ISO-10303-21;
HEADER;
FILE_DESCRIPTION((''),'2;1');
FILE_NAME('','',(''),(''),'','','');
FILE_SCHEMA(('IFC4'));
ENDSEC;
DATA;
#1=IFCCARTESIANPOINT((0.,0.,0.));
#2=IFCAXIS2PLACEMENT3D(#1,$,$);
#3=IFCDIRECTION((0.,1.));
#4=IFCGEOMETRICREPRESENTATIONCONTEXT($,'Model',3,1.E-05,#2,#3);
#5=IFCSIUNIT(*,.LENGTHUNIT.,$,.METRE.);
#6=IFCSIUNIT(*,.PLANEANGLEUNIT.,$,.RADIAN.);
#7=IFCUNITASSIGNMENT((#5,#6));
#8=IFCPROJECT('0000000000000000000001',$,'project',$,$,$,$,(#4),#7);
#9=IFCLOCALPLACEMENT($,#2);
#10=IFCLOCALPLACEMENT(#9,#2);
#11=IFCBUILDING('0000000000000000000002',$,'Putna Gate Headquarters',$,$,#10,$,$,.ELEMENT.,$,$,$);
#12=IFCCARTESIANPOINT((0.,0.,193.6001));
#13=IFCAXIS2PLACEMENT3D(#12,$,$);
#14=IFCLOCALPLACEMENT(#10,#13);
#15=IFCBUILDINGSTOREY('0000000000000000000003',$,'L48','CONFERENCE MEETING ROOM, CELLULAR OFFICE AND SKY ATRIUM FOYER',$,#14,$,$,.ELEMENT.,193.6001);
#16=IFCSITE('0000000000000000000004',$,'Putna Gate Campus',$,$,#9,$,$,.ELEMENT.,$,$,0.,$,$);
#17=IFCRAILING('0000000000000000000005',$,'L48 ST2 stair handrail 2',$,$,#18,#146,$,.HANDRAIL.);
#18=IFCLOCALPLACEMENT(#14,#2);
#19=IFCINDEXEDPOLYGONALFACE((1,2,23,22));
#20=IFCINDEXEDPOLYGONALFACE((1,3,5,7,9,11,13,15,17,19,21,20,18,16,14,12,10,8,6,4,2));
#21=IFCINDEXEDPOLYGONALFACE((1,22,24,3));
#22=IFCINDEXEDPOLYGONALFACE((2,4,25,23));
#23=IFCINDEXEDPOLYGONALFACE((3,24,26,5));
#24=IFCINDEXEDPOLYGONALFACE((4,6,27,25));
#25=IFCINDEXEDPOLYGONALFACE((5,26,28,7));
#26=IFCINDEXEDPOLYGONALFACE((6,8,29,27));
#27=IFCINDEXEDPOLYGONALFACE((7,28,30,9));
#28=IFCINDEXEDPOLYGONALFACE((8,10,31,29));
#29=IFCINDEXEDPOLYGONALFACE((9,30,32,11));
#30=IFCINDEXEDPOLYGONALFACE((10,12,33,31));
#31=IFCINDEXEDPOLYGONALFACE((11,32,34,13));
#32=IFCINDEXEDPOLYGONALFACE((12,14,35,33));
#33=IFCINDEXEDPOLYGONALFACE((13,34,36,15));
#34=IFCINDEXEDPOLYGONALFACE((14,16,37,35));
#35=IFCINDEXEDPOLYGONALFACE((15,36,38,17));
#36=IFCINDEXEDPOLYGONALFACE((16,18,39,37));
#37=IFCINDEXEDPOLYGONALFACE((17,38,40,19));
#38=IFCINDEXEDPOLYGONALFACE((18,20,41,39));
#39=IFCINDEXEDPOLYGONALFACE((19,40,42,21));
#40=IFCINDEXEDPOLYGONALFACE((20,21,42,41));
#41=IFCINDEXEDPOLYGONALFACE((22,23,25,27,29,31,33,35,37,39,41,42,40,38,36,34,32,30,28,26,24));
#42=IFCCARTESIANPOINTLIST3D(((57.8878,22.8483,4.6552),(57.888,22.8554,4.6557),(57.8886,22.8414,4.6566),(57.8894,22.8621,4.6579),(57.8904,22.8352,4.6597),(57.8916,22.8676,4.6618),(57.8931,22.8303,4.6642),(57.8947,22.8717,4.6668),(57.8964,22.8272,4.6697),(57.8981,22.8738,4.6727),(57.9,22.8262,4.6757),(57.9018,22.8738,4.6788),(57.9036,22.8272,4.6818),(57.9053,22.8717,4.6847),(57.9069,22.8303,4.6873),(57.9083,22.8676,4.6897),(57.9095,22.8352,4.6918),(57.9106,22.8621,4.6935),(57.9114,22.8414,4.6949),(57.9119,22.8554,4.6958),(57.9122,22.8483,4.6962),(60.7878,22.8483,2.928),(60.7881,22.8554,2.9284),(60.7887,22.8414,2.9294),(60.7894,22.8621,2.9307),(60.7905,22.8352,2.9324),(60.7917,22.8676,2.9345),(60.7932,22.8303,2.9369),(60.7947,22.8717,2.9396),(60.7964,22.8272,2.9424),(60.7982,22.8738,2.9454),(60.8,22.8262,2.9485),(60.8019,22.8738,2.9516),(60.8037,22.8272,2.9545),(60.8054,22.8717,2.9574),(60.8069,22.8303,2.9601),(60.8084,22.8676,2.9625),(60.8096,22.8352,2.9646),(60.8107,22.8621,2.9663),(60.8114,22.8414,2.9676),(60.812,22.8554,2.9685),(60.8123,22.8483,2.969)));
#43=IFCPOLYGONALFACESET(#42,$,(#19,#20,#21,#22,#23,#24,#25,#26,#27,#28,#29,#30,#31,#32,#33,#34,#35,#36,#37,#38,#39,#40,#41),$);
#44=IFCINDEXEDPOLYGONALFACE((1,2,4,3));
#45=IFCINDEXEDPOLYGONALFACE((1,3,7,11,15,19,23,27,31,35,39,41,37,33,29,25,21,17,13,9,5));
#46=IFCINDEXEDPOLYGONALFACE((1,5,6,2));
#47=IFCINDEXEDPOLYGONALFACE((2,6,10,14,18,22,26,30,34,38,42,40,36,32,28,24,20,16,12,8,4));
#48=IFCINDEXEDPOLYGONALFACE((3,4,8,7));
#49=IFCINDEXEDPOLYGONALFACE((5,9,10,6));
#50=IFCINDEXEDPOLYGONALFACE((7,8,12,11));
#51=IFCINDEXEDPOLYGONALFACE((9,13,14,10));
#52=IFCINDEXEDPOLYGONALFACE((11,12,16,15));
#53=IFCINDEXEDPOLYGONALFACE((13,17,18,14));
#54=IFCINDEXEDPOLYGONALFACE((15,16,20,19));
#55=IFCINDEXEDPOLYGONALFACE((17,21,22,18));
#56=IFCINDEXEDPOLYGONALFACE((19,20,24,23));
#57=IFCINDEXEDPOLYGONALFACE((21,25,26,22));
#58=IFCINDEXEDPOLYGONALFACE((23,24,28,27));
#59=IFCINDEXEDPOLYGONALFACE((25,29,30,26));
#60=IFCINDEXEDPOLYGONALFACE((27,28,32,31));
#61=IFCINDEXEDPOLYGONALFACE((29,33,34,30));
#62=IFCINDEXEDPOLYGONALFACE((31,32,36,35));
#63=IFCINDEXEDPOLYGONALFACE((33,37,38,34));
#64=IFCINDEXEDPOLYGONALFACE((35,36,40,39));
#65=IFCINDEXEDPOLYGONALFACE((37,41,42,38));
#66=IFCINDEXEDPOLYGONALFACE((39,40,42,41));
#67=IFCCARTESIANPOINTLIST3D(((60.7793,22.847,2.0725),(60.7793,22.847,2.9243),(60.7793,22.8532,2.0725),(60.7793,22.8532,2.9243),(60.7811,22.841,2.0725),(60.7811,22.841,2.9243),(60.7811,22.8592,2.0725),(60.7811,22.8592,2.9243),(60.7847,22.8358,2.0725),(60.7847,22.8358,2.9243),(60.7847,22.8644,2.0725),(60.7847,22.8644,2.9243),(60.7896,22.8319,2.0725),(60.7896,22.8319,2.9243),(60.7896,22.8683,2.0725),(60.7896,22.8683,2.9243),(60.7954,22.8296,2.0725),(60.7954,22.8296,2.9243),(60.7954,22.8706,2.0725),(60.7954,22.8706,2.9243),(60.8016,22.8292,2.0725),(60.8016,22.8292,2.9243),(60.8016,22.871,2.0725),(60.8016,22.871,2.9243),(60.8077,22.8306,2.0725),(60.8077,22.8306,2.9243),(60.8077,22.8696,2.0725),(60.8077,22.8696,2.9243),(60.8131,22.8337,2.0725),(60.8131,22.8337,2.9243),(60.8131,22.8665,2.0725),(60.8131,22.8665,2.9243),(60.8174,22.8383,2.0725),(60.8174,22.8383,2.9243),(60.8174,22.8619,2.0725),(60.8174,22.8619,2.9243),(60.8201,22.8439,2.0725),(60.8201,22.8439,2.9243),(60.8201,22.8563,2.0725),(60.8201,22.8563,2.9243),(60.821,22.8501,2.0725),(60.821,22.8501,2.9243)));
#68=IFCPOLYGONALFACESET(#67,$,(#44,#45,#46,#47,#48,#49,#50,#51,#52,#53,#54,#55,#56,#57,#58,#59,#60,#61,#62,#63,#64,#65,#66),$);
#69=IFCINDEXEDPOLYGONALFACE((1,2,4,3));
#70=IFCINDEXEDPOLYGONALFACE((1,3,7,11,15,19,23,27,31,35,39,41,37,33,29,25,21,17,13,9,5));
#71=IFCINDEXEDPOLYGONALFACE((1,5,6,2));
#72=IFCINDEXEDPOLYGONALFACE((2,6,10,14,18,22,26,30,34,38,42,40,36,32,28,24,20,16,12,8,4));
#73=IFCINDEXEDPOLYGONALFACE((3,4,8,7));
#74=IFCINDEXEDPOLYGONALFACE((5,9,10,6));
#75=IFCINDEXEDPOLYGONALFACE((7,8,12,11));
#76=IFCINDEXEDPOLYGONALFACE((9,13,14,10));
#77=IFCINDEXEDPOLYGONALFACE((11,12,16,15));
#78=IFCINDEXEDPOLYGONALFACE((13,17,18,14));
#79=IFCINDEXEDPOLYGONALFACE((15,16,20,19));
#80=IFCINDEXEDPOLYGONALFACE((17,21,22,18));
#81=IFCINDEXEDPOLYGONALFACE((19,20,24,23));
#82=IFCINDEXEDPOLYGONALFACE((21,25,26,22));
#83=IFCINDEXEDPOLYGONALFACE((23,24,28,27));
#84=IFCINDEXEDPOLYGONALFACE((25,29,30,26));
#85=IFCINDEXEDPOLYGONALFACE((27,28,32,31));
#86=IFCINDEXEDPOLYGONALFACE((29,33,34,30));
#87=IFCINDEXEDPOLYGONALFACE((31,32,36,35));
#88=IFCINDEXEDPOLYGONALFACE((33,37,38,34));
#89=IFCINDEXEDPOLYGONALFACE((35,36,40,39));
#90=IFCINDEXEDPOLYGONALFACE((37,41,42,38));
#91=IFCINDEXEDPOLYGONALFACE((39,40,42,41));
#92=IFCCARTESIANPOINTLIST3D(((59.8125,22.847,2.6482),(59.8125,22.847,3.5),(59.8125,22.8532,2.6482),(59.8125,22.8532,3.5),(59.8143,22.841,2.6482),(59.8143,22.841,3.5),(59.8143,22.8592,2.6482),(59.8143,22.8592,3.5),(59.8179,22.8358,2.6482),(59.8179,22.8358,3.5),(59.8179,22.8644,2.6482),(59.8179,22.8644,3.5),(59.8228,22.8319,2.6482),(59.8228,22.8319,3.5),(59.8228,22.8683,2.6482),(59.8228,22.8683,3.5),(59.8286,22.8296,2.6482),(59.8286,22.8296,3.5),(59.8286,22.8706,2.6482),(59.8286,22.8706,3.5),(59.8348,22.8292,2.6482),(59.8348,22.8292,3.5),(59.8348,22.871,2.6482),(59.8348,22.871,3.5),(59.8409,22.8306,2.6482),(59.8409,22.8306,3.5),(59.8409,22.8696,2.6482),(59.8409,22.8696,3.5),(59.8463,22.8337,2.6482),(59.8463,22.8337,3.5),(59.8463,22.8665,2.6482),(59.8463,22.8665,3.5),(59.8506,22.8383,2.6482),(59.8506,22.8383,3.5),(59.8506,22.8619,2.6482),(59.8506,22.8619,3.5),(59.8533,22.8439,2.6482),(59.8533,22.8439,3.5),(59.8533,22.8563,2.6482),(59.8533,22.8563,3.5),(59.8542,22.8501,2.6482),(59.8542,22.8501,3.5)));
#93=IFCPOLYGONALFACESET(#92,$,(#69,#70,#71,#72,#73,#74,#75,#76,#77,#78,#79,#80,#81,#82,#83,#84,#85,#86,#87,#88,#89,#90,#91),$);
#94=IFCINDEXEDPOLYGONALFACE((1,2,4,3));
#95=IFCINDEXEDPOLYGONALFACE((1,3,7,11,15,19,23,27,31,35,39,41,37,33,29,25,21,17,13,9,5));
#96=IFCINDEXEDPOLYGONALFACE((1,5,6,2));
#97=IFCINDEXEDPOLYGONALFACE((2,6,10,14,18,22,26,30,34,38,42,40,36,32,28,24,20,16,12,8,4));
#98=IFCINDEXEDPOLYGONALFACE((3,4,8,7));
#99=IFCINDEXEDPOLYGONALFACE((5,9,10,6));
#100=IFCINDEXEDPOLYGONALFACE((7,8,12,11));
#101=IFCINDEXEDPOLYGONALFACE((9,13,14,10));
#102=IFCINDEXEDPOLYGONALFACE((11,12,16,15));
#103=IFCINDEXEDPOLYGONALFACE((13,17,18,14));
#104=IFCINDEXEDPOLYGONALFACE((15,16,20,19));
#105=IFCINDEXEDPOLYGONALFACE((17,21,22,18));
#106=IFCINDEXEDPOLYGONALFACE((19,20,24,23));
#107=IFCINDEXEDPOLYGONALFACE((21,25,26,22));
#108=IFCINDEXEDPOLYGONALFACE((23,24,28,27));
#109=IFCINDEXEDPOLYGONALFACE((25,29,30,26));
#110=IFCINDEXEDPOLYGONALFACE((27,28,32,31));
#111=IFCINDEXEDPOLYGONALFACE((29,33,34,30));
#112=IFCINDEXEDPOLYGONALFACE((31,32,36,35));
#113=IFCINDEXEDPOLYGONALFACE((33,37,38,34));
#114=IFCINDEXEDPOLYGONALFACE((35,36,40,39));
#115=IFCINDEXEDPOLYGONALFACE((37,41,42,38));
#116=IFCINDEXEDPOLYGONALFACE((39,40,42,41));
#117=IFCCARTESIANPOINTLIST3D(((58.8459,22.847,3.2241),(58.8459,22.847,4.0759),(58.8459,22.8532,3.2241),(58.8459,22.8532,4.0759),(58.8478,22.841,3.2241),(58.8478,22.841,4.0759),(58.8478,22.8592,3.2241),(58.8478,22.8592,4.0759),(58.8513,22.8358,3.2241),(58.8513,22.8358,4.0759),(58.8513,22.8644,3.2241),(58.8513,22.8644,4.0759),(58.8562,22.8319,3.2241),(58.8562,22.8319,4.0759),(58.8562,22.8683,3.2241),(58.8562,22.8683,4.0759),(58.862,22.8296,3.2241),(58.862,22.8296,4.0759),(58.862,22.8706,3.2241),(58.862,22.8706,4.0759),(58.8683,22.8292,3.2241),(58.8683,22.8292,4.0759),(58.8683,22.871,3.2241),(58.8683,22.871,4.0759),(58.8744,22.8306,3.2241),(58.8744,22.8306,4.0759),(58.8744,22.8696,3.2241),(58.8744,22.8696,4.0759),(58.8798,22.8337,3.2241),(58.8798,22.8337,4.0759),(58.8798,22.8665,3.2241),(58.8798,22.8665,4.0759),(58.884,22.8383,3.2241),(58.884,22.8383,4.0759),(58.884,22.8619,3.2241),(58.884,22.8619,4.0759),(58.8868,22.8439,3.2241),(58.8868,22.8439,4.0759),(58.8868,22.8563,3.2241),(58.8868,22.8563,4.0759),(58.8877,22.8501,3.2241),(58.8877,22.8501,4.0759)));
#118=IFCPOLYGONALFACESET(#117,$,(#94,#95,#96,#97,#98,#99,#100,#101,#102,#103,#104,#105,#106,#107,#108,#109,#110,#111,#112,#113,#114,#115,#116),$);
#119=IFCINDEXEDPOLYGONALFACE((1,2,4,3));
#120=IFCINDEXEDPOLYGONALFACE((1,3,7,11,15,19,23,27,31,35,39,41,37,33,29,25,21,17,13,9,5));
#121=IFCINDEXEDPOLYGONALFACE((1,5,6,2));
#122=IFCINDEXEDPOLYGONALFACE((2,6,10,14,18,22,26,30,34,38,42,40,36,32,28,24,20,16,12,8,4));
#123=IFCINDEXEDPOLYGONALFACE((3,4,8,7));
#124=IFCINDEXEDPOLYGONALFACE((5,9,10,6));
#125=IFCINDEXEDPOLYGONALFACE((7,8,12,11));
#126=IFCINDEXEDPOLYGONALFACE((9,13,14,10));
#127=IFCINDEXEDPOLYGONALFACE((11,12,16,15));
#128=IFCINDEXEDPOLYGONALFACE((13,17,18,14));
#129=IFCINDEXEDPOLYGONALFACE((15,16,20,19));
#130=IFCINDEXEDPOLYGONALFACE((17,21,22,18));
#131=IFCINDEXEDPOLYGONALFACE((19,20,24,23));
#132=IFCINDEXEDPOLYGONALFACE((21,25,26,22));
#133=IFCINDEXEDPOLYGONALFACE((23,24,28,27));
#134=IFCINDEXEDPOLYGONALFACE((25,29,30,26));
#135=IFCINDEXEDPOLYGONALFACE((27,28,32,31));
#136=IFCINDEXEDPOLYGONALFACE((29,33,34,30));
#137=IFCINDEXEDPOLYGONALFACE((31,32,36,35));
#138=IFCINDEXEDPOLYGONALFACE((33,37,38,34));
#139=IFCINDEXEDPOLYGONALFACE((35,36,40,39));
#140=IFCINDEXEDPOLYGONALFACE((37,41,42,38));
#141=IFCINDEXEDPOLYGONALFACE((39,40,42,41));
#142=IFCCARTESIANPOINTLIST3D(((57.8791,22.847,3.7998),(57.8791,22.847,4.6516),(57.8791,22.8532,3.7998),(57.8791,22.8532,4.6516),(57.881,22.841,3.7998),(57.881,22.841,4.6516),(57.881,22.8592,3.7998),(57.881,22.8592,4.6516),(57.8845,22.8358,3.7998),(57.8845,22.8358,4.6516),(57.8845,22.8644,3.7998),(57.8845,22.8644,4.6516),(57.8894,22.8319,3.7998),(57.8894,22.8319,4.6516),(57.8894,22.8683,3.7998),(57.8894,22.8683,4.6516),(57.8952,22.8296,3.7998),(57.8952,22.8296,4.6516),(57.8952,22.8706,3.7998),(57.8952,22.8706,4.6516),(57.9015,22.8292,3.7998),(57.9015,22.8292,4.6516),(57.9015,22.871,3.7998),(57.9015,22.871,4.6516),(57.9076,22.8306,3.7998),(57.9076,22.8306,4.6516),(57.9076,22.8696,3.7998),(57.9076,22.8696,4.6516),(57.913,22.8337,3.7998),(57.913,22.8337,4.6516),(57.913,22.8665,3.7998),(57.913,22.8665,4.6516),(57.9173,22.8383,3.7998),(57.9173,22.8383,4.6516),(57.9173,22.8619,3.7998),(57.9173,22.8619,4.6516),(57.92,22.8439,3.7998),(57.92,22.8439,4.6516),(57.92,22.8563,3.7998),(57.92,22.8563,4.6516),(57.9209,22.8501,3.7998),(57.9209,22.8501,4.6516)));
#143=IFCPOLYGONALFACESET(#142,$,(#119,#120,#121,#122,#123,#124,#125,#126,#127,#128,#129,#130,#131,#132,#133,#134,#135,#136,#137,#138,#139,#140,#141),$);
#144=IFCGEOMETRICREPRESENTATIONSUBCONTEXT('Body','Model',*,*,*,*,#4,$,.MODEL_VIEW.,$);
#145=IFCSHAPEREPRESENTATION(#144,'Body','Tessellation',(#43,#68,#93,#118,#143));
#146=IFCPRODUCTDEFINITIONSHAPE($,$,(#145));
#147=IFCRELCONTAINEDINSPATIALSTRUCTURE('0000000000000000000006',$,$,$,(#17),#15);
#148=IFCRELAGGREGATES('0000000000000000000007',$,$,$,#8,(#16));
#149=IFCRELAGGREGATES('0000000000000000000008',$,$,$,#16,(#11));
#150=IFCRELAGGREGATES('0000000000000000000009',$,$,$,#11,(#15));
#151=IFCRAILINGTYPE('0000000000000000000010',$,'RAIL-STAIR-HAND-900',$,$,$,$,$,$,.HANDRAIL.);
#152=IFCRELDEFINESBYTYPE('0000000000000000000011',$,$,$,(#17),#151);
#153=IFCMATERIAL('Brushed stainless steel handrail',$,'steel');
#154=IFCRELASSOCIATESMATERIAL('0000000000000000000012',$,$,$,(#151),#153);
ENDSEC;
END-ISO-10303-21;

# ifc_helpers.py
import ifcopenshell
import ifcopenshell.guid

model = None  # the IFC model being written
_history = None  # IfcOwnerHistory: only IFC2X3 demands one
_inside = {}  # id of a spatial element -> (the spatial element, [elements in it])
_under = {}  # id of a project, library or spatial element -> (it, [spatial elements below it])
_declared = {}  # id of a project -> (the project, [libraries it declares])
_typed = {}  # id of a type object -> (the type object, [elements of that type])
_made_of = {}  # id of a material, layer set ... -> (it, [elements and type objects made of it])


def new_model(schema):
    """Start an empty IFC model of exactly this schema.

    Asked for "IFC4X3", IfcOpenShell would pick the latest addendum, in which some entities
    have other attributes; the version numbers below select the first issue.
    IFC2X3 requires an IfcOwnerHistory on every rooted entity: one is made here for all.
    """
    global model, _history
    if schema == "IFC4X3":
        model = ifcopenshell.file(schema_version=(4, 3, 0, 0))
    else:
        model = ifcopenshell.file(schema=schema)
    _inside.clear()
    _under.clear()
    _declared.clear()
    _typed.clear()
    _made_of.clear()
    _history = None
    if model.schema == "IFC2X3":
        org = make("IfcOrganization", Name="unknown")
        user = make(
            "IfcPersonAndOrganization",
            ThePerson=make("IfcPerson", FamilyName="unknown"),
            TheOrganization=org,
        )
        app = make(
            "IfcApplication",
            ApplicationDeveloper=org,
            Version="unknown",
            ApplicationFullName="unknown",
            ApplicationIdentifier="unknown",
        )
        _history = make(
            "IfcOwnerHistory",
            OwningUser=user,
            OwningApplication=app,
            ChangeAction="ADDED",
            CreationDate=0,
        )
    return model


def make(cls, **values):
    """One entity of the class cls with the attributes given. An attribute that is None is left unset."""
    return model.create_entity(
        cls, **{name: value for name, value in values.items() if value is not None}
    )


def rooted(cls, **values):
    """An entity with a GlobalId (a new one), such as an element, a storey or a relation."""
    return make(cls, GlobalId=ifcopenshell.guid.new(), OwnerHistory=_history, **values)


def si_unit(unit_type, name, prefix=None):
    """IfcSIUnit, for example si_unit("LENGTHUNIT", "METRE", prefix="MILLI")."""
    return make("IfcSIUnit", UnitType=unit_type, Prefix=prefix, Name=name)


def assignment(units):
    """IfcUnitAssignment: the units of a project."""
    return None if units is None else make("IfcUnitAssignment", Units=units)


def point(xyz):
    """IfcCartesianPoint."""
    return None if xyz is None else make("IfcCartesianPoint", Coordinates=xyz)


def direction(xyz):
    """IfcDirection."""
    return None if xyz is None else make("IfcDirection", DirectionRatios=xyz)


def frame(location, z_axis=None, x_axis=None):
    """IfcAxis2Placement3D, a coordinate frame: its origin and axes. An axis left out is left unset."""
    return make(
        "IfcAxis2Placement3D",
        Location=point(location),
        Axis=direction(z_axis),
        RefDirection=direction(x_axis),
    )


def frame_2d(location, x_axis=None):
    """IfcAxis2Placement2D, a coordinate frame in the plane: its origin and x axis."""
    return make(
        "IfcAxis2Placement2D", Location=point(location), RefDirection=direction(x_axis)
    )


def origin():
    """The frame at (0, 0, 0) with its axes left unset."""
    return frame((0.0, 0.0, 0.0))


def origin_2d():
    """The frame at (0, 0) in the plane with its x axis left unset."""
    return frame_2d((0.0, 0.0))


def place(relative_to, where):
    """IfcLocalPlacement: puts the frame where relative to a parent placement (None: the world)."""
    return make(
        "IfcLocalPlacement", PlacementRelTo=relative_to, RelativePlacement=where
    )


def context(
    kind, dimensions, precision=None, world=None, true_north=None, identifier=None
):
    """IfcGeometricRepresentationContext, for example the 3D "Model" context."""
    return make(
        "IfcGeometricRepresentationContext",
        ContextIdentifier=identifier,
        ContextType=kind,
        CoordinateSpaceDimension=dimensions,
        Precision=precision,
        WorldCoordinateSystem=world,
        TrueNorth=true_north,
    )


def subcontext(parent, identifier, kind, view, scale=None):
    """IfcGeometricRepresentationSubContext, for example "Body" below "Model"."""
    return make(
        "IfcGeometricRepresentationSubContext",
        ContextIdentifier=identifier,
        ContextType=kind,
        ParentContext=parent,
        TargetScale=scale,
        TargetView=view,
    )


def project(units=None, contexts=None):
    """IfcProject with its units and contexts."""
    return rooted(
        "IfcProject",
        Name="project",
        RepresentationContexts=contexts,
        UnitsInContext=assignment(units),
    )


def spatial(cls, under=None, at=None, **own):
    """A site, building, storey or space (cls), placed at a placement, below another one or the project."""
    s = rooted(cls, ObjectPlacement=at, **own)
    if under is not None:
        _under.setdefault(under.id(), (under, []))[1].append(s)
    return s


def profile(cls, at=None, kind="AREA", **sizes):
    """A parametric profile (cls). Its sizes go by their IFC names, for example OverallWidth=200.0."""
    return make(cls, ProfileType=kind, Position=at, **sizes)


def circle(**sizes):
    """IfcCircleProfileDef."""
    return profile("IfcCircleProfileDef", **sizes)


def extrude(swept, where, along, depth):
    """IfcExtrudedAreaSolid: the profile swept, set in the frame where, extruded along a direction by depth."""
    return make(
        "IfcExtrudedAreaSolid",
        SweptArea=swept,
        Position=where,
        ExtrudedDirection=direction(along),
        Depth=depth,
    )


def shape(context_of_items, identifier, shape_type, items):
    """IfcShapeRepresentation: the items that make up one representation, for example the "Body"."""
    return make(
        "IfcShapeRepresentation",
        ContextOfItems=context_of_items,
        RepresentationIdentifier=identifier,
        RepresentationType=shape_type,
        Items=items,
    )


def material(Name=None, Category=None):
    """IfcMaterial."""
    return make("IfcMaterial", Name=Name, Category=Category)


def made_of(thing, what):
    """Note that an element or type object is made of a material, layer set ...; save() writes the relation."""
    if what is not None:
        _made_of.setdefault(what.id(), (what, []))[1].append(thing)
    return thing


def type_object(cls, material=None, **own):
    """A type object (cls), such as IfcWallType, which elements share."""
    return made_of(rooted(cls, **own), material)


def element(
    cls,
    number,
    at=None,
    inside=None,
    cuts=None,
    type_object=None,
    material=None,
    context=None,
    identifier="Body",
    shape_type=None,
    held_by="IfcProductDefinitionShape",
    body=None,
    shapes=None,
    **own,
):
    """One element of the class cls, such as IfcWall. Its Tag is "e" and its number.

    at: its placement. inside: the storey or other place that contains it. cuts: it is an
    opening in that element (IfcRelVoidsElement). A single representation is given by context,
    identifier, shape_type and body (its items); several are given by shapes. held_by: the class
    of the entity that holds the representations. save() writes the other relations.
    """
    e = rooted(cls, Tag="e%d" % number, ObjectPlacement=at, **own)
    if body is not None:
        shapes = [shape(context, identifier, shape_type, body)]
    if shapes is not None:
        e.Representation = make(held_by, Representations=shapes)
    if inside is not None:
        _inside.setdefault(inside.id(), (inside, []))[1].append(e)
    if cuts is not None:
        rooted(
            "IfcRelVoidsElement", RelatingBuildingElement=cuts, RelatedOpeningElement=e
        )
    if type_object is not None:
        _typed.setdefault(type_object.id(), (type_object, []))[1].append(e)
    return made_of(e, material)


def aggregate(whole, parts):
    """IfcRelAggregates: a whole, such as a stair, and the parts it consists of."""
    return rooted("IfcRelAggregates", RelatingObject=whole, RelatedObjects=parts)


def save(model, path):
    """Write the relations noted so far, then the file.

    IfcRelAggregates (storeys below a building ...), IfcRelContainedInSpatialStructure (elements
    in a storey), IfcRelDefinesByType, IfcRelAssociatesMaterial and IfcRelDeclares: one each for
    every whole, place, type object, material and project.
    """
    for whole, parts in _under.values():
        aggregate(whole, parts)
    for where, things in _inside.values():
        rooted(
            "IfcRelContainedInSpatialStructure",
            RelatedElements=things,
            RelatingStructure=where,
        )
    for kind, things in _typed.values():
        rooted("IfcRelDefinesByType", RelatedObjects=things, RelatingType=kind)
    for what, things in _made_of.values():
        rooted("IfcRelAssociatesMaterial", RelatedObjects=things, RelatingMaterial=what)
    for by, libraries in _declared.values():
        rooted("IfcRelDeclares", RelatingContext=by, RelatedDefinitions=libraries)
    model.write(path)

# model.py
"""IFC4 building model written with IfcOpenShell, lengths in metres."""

from ifc_helpers import new_model, si_unit, direction, frame, origin, origin_2d, place, context, subcontext, project, spatial, circle, extrude, material, type_object, element, save


model = new_model("IFC4")

# Units and contexts
model_context = context("Model", 3, precision=1e-05, world=origin(), true_north=direction((0.0, 1.0)))
body_context = subcontext(model_context, "Body", "Model", "MODEL_VIEW")
ifc_project = project(units=[si_unit("LENGTHUNIT", "METRE"), si_unit("PLANEANGLEUNIT", "RADIAN")], contexts=[model_context])

# Site, building, storey
site_placement = place(None, origin())
site = spatial("IfcSite", under=ifc_project, at=site_placement, Name="Putna Gate Campus", CompositionType="ELEMENT", RefElevation=0.0)
building_placement = place(site_placement, origin())
building = spatial("IfcBuilding", under=site, at=building_placement, Name="Putna Gate Headquarters", CompositionType="ELEMENT")
storey_placement = place(building_placement, frame((0.0, 0.0, 193.6001)))
storey = spatial("IfcBuildingStorey", under=building, at=storey_placement, Name="L48", Description="CONFERENCE MEETING ROOM, CELLULAR OFFICE AND SKY ATRIUM FOYER", CompositionType="ELEMENT", Elevation=193.6001)

# Railing
ifc_material_1 = material(Name="Brushed stainless steel handrail", Category="steel")
railing_type_1 = type_object("IfcRailingType", Name="RAIL-STAIR-HAND-900", PredefinedType="HANDRAIL", material=ifc_material_1)
railing_1_placement = place(storey_placement, frame((60.8, 22.8501, 2.0725)))
element("IfcRailing", 1, at=railing_1_placement, inside=storey, type_object=railing_type_1, Name="L48 ST2 stair handrail 2", PredefinedType="HANDRAIL", context=body_context, shape_type="SweptSolid", body=[
    extrude(circle(Radius=0.0239, at=origin_2d()), frame((0.0, 0.0, 0.876), z_axis=(-0.85916, 0.0, 0.511706), x_axis=(0.0, -1.0, 0.0)), (0.0, 0.0, 1.0), 3.3755),
    extrude(circle(Radius=0.021, at=origin_2d()), origin(), (0.0, 0.0, 1.0), 0.8518),
    extrude(circle(Radius=0.021, at=origin_2d()), frame((-0.9668, 0.0, 0.5757)), (0.0, 0.0, 1.0), 0.8518),
    extrude(circle(Radius=0.021, at=origin_2d()), frame((-1.9333, 0.0, 1.1516)), (0.0, 0.0, 1.0), 0.8518),
    extrude(circle(Radius=0.021, at=origin_2d()), frame((-2.9001, 0.0, 1.7273)), (0.0, 0.0, 1.0), 0.8518),
])

save(model, "model.ifc")
